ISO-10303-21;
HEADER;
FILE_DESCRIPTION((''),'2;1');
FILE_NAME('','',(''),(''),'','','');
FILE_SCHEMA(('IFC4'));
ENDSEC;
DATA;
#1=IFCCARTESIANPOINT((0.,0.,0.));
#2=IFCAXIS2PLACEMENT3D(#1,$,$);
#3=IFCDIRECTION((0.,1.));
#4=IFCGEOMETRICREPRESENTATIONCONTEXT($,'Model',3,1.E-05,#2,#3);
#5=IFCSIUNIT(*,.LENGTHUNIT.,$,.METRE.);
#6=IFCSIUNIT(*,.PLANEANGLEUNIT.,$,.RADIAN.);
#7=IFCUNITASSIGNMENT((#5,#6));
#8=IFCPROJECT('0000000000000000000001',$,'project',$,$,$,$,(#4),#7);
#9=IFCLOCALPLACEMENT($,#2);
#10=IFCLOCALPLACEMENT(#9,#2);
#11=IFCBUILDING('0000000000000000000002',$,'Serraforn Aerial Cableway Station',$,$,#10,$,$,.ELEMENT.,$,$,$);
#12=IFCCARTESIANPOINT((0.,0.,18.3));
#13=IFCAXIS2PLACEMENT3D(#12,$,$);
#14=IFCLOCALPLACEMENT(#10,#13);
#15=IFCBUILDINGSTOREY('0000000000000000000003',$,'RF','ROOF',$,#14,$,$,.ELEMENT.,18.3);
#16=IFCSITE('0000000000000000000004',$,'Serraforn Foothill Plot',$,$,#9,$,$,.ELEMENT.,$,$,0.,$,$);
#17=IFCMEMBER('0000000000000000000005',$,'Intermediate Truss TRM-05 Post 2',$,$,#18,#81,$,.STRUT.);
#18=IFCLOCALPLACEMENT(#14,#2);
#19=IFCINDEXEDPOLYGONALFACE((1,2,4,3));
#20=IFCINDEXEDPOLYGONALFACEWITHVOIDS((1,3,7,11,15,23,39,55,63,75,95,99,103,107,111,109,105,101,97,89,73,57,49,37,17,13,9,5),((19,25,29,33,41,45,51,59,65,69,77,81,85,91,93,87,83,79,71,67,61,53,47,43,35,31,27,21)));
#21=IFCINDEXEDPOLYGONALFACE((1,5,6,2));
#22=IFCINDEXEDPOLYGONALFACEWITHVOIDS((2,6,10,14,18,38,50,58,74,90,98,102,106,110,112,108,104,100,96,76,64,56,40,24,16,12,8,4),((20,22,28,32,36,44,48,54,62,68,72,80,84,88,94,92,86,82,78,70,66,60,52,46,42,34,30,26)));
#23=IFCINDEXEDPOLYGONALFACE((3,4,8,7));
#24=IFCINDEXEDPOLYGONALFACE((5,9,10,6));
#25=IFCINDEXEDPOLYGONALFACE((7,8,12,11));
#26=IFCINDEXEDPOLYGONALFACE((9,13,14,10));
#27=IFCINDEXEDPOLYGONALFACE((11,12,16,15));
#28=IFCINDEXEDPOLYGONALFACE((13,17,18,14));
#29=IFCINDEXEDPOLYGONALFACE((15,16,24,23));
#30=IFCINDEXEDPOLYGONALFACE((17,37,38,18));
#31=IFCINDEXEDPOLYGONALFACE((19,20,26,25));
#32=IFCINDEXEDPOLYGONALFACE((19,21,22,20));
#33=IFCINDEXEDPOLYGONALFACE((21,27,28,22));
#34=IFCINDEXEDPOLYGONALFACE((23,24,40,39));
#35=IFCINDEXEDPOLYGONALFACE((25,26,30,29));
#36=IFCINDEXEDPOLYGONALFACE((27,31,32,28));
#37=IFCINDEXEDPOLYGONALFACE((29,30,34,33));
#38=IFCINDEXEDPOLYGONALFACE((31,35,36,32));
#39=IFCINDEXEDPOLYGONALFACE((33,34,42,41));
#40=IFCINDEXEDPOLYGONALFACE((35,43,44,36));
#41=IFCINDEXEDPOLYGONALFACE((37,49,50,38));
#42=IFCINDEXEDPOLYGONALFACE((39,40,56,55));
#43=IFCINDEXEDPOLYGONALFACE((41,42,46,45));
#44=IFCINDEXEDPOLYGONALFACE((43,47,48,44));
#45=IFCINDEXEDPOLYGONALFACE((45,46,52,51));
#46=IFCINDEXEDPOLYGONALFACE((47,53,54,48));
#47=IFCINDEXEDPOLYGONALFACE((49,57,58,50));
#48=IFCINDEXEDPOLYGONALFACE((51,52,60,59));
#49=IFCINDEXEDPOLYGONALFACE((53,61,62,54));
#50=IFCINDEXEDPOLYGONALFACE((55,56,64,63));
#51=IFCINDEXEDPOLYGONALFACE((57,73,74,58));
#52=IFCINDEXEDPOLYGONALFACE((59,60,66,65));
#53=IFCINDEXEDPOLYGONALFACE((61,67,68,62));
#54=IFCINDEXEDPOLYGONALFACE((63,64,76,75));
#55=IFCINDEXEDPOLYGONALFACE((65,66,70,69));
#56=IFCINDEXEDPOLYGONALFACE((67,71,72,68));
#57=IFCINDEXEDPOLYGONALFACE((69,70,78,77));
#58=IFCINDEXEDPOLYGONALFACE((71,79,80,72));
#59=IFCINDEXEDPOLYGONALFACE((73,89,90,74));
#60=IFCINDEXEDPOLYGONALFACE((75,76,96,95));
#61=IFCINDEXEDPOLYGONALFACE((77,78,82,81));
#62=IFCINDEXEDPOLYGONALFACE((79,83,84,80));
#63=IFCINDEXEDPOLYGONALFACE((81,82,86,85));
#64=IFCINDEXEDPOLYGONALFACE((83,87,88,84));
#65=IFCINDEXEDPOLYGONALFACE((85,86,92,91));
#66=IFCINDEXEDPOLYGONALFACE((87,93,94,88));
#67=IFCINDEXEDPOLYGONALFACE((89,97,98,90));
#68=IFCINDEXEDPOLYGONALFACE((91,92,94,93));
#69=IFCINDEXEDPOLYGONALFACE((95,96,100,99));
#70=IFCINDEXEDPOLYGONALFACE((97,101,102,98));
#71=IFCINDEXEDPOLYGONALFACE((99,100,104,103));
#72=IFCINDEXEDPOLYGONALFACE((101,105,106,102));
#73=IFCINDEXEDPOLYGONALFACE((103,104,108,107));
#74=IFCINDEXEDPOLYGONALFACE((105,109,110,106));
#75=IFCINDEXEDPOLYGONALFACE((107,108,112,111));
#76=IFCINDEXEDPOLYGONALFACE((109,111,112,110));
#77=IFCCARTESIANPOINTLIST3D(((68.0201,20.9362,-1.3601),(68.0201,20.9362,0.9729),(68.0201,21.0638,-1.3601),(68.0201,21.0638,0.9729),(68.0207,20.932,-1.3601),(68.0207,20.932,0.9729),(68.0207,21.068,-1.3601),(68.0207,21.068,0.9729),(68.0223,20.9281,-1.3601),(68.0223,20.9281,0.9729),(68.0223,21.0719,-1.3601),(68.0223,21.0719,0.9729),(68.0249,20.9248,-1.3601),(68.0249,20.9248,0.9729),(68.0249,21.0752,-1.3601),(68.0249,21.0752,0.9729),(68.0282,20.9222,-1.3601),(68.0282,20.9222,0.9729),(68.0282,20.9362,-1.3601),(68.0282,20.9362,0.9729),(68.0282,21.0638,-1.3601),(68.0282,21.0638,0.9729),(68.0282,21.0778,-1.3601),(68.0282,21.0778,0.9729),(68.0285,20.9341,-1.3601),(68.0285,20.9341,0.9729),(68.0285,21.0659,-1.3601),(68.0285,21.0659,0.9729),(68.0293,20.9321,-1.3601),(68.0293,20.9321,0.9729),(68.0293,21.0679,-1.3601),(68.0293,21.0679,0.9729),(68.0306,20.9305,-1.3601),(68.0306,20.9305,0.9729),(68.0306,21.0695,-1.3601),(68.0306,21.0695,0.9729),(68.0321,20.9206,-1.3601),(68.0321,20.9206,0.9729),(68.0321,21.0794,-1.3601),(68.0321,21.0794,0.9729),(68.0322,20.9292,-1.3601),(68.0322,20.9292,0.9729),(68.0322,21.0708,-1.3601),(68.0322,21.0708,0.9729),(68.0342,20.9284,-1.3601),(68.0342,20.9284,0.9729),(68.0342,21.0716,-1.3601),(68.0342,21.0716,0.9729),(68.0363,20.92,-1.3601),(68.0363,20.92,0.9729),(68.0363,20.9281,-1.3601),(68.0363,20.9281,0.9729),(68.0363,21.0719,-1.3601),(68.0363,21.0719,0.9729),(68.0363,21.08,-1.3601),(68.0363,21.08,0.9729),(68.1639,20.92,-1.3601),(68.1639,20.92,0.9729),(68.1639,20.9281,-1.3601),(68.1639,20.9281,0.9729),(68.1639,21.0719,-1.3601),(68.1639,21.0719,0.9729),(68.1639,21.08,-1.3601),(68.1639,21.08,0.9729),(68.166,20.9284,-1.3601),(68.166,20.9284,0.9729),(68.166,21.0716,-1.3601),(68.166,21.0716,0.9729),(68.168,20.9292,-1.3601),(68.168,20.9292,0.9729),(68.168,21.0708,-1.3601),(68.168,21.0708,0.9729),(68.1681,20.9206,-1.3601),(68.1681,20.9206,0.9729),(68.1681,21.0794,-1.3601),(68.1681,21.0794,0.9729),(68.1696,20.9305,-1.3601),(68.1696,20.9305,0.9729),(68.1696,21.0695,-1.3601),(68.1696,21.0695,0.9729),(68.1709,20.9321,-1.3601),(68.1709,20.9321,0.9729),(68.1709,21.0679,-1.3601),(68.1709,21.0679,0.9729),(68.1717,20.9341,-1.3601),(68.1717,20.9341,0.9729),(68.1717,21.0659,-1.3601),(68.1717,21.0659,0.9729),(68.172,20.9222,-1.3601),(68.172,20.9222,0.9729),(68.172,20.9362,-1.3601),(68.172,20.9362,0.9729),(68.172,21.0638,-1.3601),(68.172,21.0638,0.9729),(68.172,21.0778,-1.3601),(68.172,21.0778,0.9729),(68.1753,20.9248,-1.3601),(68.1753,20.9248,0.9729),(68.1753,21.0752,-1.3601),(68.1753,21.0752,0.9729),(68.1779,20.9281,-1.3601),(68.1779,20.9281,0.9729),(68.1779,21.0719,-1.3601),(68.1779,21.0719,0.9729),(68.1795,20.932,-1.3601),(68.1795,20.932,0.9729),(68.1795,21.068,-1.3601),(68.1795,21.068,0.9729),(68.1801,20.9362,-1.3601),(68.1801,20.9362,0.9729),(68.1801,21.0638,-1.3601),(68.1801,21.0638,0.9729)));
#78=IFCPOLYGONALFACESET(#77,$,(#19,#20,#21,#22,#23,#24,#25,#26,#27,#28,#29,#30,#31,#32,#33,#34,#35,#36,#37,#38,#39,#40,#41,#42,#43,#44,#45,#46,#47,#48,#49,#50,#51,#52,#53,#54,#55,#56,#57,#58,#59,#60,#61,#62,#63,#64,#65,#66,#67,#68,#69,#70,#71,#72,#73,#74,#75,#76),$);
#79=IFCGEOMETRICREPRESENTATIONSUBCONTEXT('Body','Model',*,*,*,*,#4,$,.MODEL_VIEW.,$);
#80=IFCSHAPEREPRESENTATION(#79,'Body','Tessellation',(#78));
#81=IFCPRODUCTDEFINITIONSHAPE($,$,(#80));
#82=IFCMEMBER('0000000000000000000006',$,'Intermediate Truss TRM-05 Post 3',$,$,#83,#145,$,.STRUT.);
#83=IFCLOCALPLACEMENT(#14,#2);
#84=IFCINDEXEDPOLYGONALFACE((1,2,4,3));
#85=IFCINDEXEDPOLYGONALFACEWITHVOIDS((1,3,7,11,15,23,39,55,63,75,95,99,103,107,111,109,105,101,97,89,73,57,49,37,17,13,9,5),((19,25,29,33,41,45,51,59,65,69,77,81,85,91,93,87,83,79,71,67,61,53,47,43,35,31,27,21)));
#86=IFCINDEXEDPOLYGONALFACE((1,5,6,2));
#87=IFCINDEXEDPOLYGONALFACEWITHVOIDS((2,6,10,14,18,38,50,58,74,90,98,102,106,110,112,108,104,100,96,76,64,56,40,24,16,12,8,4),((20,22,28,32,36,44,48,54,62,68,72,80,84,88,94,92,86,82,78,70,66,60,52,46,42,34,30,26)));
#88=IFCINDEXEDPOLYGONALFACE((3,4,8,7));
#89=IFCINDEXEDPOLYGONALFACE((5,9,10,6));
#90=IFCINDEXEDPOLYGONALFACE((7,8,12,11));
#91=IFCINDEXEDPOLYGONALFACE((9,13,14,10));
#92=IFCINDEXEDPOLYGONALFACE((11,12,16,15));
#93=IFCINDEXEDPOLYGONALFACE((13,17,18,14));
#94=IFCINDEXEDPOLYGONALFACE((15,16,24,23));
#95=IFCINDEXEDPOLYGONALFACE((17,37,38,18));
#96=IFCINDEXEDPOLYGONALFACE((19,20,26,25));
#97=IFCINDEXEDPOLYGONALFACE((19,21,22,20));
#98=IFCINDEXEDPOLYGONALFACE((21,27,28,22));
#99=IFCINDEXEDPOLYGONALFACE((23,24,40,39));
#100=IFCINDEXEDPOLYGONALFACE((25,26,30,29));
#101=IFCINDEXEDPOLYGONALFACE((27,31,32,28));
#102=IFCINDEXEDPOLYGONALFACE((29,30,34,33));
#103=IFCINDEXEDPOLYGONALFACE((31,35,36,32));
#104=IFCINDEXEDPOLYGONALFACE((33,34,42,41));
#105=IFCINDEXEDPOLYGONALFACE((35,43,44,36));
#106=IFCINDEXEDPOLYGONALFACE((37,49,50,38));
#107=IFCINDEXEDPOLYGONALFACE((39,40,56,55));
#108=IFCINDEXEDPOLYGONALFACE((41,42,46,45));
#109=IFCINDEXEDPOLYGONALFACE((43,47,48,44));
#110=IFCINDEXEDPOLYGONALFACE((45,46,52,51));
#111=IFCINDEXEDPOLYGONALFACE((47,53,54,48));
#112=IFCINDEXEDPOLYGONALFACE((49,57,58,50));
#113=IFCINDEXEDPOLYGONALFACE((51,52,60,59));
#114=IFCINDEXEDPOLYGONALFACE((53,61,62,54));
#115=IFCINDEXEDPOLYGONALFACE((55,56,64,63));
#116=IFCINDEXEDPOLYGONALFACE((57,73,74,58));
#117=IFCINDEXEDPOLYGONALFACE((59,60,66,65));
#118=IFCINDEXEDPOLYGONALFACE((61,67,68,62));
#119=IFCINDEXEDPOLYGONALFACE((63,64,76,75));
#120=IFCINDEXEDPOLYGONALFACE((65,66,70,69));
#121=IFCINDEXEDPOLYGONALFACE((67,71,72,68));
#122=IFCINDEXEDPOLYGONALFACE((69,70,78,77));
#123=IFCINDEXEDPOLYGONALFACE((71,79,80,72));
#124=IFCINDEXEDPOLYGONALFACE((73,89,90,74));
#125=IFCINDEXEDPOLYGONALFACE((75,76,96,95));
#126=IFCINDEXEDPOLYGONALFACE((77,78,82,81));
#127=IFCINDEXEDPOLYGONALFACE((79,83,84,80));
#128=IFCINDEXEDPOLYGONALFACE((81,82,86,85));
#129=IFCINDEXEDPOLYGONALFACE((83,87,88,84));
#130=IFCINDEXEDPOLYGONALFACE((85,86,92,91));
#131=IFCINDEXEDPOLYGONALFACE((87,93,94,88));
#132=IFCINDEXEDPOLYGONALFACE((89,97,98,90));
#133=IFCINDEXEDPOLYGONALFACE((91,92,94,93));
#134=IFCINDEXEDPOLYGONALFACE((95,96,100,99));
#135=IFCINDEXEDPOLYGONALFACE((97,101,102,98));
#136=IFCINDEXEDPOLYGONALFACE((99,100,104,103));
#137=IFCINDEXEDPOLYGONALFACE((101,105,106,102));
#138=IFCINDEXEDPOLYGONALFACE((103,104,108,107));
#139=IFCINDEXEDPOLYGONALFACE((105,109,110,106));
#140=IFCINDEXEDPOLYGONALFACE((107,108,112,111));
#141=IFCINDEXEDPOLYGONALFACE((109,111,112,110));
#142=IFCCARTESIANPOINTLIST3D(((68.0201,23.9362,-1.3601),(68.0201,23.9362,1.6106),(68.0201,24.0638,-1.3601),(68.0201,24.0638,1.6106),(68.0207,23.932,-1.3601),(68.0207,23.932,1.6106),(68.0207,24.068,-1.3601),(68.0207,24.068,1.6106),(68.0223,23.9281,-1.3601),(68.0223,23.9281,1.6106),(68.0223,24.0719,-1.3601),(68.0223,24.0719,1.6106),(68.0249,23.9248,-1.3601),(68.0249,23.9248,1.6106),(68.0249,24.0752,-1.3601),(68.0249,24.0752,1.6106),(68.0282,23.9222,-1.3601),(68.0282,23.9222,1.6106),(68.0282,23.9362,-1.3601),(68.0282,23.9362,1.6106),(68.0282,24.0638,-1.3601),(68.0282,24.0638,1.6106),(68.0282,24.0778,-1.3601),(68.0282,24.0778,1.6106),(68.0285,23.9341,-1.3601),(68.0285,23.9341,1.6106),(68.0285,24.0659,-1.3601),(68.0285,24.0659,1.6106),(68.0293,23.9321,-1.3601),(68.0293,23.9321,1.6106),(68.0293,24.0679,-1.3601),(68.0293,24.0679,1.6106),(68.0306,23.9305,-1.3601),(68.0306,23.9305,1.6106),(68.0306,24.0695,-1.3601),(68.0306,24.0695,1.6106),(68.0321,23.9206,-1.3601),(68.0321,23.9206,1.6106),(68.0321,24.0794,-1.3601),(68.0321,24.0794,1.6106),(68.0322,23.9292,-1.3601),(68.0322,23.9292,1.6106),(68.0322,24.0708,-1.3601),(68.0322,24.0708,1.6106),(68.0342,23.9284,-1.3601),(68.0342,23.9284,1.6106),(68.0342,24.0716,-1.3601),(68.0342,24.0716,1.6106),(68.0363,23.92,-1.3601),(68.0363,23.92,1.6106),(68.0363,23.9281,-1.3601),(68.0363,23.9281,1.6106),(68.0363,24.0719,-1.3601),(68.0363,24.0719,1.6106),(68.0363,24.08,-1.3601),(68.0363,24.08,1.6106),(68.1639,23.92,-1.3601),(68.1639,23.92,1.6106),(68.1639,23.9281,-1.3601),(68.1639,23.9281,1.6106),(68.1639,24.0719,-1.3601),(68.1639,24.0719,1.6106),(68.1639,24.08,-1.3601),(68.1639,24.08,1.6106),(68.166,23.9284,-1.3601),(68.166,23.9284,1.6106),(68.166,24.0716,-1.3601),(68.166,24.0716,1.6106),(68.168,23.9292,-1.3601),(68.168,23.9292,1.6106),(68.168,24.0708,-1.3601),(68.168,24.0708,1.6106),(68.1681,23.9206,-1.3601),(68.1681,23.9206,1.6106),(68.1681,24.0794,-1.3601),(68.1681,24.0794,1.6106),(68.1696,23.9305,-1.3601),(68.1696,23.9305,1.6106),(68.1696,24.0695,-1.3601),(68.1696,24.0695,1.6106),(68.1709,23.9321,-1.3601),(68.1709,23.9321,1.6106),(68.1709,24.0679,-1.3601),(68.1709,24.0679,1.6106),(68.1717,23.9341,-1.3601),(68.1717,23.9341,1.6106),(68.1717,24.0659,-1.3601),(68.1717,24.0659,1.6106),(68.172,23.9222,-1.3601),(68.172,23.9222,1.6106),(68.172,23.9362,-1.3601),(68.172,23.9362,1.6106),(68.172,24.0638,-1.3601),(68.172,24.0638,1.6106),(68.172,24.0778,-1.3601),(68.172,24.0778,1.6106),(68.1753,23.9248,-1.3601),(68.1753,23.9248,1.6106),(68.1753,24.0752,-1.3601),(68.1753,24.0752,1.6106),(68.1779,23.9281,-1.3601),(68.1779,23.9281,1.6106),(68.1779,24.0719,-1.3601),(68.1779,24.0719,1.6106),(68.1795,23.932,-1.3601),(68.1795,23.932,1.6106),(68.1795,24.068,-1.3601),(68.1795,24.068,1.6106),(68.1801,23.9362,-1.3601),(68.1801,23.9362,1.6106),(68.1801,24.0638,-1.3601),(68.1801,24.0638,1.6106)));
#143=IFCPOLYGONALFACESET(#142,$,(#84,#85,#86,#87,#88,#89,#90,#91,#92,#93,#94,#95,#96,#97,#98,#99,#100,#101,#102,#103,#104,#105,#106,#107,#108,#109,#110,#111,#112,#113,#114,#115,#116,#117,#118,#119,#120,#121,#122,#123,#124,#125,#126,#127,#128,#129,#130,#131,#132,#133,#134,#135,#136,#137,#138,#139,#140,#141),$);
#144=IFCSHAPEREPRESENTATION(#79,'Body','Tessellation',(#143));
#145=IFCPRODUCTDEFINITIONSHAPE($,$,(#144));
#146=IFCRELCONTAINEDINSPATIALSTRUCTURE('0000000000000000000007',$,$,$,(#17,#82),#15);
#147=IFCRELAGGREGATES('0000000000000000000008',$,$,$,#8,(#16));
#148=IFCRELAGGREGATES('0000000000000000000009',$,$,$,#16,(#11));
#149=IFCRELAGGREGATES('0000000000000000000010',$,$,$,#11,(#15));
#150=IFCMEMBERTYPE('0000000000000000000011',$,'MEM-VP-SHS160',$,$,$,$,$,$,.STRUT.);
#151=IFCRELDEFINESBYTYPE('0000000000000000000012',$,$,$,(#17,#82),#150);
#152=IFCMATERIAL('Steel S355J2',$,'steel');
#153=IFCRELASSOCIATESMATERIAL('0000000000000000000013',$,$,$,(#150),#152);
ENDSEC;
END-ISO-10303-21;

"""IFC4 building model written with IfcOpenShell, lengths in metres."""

from ifc_helpers import new_model, si_unit, direction, frame, origin, origin_2d, place, context, subcontext, project, spatial, hollow_rectangle, extrude, material, material_profile, profile_set, type_object, element, save


model = new_model("IFC4")

# Units and contexts
model_context = context("Model", 3, precision=1e-05, world=origin(), true_north=direction((0.0, 1.0)))
body_context = subcontext(model_context, "Body", "Model", "MODEL_VIEW")
ifc_project = project(units=[si_unit("LENGTHUNIT", "METRE"), si_unit("PLANEANGLEUNIT", "RADIAN")], contexts=[model_context])

# Site, building, storey
site_placement = place(None, origin())
site = spatial("IfcSite", under=ifc_project, at=site_placement, Name="Serraforn Foothill Plot", CompositionType="ELEMENT", RefElevation=0.0)
building_placement = place(site_placement, origin())
building = spatial("IfcBuilding", under=site, at=building_placement, Name="Serraforn Aerial Cableway Station", CompositionType="ELEMENT")
storey_placement = place(building_placement, frame((0.0, 0.0, 18.3)))
storey = spatial("IfcBuildingStorey", under=building, at=storey_placement, Name="RF", Description="ROOF", CompositionType="ELEMENT", Elevation=18.3)

# Members
ifc_material_1 = material(Name="Steel S355J2", Category="steel")
ifc_material_profile_1 = material_profile(ifc_material_1, hollow_rectangle(XDim=0.1599, YDim=0.1599, WallThickness=0.0081, InnerFilletRadius=0.0081, OuterFilletRadius=0.0161, at=origin_2d()), Name="SHS 160x160x8.0")
ifc_profile_set_1 = profile_set([ifc_material_profile_1], Name="Steel S355J2")
member_type_1 = type_object("IfcMemberType", Name="MEM-VP-SHS160", PredefinedType="STRUT", material=ifc_profile_set_1)
member_1_placement = place(storey_placement, frame((68.1001, 21.0, -1.3601), z_axis=(0.0, 0.0, 1.0), x_axis=(1.0, 0.0, 0.0)))
element("IfcMember", 1, at=member_1_placement, inside=storey, type_object=member_type_1, Name="Intermediate Truss TRM-05 Post 2", PredefinedType="STRUT", context=body_context, shape_type="SweptSolid", body=[
    extrude(hollow_rectangle(XDim=0.1599, YDim=0.1599, WallThickness=0.0081, InnerFilletRadius=0.0081, OuterFilletRadius=0.0161, at=origin_2d()), origin(), (0.0, 0.0, 1.0), 2.333),
])
member_2_placement = place(storey_placement, frame((68.1001, 24.0, -1.3601), z_axis=(0.0, 0.0, 1.0), x_axis=(1.0, 0.0, 0.0)))
element("IfcMember", 2, at=member_2_placement, inside=storey, type_object=member_type_1, Name="Intermediate Truss TRM-05 Post 3", PredefinedType="STRUT", context=body_context, shape_type="SweptSolid", body=[
    extrude(hollow_rectangle(XDim=0.1599, YDim=0.1599, WallThickness=0.0081, InnerFilletRadius=0.0081, OuterFilletRadius=0.0161, at=origin_2d()), origin(), (0.0, 0.0, 1.0), 2.9707),
])

save(model, "model.ifc")
